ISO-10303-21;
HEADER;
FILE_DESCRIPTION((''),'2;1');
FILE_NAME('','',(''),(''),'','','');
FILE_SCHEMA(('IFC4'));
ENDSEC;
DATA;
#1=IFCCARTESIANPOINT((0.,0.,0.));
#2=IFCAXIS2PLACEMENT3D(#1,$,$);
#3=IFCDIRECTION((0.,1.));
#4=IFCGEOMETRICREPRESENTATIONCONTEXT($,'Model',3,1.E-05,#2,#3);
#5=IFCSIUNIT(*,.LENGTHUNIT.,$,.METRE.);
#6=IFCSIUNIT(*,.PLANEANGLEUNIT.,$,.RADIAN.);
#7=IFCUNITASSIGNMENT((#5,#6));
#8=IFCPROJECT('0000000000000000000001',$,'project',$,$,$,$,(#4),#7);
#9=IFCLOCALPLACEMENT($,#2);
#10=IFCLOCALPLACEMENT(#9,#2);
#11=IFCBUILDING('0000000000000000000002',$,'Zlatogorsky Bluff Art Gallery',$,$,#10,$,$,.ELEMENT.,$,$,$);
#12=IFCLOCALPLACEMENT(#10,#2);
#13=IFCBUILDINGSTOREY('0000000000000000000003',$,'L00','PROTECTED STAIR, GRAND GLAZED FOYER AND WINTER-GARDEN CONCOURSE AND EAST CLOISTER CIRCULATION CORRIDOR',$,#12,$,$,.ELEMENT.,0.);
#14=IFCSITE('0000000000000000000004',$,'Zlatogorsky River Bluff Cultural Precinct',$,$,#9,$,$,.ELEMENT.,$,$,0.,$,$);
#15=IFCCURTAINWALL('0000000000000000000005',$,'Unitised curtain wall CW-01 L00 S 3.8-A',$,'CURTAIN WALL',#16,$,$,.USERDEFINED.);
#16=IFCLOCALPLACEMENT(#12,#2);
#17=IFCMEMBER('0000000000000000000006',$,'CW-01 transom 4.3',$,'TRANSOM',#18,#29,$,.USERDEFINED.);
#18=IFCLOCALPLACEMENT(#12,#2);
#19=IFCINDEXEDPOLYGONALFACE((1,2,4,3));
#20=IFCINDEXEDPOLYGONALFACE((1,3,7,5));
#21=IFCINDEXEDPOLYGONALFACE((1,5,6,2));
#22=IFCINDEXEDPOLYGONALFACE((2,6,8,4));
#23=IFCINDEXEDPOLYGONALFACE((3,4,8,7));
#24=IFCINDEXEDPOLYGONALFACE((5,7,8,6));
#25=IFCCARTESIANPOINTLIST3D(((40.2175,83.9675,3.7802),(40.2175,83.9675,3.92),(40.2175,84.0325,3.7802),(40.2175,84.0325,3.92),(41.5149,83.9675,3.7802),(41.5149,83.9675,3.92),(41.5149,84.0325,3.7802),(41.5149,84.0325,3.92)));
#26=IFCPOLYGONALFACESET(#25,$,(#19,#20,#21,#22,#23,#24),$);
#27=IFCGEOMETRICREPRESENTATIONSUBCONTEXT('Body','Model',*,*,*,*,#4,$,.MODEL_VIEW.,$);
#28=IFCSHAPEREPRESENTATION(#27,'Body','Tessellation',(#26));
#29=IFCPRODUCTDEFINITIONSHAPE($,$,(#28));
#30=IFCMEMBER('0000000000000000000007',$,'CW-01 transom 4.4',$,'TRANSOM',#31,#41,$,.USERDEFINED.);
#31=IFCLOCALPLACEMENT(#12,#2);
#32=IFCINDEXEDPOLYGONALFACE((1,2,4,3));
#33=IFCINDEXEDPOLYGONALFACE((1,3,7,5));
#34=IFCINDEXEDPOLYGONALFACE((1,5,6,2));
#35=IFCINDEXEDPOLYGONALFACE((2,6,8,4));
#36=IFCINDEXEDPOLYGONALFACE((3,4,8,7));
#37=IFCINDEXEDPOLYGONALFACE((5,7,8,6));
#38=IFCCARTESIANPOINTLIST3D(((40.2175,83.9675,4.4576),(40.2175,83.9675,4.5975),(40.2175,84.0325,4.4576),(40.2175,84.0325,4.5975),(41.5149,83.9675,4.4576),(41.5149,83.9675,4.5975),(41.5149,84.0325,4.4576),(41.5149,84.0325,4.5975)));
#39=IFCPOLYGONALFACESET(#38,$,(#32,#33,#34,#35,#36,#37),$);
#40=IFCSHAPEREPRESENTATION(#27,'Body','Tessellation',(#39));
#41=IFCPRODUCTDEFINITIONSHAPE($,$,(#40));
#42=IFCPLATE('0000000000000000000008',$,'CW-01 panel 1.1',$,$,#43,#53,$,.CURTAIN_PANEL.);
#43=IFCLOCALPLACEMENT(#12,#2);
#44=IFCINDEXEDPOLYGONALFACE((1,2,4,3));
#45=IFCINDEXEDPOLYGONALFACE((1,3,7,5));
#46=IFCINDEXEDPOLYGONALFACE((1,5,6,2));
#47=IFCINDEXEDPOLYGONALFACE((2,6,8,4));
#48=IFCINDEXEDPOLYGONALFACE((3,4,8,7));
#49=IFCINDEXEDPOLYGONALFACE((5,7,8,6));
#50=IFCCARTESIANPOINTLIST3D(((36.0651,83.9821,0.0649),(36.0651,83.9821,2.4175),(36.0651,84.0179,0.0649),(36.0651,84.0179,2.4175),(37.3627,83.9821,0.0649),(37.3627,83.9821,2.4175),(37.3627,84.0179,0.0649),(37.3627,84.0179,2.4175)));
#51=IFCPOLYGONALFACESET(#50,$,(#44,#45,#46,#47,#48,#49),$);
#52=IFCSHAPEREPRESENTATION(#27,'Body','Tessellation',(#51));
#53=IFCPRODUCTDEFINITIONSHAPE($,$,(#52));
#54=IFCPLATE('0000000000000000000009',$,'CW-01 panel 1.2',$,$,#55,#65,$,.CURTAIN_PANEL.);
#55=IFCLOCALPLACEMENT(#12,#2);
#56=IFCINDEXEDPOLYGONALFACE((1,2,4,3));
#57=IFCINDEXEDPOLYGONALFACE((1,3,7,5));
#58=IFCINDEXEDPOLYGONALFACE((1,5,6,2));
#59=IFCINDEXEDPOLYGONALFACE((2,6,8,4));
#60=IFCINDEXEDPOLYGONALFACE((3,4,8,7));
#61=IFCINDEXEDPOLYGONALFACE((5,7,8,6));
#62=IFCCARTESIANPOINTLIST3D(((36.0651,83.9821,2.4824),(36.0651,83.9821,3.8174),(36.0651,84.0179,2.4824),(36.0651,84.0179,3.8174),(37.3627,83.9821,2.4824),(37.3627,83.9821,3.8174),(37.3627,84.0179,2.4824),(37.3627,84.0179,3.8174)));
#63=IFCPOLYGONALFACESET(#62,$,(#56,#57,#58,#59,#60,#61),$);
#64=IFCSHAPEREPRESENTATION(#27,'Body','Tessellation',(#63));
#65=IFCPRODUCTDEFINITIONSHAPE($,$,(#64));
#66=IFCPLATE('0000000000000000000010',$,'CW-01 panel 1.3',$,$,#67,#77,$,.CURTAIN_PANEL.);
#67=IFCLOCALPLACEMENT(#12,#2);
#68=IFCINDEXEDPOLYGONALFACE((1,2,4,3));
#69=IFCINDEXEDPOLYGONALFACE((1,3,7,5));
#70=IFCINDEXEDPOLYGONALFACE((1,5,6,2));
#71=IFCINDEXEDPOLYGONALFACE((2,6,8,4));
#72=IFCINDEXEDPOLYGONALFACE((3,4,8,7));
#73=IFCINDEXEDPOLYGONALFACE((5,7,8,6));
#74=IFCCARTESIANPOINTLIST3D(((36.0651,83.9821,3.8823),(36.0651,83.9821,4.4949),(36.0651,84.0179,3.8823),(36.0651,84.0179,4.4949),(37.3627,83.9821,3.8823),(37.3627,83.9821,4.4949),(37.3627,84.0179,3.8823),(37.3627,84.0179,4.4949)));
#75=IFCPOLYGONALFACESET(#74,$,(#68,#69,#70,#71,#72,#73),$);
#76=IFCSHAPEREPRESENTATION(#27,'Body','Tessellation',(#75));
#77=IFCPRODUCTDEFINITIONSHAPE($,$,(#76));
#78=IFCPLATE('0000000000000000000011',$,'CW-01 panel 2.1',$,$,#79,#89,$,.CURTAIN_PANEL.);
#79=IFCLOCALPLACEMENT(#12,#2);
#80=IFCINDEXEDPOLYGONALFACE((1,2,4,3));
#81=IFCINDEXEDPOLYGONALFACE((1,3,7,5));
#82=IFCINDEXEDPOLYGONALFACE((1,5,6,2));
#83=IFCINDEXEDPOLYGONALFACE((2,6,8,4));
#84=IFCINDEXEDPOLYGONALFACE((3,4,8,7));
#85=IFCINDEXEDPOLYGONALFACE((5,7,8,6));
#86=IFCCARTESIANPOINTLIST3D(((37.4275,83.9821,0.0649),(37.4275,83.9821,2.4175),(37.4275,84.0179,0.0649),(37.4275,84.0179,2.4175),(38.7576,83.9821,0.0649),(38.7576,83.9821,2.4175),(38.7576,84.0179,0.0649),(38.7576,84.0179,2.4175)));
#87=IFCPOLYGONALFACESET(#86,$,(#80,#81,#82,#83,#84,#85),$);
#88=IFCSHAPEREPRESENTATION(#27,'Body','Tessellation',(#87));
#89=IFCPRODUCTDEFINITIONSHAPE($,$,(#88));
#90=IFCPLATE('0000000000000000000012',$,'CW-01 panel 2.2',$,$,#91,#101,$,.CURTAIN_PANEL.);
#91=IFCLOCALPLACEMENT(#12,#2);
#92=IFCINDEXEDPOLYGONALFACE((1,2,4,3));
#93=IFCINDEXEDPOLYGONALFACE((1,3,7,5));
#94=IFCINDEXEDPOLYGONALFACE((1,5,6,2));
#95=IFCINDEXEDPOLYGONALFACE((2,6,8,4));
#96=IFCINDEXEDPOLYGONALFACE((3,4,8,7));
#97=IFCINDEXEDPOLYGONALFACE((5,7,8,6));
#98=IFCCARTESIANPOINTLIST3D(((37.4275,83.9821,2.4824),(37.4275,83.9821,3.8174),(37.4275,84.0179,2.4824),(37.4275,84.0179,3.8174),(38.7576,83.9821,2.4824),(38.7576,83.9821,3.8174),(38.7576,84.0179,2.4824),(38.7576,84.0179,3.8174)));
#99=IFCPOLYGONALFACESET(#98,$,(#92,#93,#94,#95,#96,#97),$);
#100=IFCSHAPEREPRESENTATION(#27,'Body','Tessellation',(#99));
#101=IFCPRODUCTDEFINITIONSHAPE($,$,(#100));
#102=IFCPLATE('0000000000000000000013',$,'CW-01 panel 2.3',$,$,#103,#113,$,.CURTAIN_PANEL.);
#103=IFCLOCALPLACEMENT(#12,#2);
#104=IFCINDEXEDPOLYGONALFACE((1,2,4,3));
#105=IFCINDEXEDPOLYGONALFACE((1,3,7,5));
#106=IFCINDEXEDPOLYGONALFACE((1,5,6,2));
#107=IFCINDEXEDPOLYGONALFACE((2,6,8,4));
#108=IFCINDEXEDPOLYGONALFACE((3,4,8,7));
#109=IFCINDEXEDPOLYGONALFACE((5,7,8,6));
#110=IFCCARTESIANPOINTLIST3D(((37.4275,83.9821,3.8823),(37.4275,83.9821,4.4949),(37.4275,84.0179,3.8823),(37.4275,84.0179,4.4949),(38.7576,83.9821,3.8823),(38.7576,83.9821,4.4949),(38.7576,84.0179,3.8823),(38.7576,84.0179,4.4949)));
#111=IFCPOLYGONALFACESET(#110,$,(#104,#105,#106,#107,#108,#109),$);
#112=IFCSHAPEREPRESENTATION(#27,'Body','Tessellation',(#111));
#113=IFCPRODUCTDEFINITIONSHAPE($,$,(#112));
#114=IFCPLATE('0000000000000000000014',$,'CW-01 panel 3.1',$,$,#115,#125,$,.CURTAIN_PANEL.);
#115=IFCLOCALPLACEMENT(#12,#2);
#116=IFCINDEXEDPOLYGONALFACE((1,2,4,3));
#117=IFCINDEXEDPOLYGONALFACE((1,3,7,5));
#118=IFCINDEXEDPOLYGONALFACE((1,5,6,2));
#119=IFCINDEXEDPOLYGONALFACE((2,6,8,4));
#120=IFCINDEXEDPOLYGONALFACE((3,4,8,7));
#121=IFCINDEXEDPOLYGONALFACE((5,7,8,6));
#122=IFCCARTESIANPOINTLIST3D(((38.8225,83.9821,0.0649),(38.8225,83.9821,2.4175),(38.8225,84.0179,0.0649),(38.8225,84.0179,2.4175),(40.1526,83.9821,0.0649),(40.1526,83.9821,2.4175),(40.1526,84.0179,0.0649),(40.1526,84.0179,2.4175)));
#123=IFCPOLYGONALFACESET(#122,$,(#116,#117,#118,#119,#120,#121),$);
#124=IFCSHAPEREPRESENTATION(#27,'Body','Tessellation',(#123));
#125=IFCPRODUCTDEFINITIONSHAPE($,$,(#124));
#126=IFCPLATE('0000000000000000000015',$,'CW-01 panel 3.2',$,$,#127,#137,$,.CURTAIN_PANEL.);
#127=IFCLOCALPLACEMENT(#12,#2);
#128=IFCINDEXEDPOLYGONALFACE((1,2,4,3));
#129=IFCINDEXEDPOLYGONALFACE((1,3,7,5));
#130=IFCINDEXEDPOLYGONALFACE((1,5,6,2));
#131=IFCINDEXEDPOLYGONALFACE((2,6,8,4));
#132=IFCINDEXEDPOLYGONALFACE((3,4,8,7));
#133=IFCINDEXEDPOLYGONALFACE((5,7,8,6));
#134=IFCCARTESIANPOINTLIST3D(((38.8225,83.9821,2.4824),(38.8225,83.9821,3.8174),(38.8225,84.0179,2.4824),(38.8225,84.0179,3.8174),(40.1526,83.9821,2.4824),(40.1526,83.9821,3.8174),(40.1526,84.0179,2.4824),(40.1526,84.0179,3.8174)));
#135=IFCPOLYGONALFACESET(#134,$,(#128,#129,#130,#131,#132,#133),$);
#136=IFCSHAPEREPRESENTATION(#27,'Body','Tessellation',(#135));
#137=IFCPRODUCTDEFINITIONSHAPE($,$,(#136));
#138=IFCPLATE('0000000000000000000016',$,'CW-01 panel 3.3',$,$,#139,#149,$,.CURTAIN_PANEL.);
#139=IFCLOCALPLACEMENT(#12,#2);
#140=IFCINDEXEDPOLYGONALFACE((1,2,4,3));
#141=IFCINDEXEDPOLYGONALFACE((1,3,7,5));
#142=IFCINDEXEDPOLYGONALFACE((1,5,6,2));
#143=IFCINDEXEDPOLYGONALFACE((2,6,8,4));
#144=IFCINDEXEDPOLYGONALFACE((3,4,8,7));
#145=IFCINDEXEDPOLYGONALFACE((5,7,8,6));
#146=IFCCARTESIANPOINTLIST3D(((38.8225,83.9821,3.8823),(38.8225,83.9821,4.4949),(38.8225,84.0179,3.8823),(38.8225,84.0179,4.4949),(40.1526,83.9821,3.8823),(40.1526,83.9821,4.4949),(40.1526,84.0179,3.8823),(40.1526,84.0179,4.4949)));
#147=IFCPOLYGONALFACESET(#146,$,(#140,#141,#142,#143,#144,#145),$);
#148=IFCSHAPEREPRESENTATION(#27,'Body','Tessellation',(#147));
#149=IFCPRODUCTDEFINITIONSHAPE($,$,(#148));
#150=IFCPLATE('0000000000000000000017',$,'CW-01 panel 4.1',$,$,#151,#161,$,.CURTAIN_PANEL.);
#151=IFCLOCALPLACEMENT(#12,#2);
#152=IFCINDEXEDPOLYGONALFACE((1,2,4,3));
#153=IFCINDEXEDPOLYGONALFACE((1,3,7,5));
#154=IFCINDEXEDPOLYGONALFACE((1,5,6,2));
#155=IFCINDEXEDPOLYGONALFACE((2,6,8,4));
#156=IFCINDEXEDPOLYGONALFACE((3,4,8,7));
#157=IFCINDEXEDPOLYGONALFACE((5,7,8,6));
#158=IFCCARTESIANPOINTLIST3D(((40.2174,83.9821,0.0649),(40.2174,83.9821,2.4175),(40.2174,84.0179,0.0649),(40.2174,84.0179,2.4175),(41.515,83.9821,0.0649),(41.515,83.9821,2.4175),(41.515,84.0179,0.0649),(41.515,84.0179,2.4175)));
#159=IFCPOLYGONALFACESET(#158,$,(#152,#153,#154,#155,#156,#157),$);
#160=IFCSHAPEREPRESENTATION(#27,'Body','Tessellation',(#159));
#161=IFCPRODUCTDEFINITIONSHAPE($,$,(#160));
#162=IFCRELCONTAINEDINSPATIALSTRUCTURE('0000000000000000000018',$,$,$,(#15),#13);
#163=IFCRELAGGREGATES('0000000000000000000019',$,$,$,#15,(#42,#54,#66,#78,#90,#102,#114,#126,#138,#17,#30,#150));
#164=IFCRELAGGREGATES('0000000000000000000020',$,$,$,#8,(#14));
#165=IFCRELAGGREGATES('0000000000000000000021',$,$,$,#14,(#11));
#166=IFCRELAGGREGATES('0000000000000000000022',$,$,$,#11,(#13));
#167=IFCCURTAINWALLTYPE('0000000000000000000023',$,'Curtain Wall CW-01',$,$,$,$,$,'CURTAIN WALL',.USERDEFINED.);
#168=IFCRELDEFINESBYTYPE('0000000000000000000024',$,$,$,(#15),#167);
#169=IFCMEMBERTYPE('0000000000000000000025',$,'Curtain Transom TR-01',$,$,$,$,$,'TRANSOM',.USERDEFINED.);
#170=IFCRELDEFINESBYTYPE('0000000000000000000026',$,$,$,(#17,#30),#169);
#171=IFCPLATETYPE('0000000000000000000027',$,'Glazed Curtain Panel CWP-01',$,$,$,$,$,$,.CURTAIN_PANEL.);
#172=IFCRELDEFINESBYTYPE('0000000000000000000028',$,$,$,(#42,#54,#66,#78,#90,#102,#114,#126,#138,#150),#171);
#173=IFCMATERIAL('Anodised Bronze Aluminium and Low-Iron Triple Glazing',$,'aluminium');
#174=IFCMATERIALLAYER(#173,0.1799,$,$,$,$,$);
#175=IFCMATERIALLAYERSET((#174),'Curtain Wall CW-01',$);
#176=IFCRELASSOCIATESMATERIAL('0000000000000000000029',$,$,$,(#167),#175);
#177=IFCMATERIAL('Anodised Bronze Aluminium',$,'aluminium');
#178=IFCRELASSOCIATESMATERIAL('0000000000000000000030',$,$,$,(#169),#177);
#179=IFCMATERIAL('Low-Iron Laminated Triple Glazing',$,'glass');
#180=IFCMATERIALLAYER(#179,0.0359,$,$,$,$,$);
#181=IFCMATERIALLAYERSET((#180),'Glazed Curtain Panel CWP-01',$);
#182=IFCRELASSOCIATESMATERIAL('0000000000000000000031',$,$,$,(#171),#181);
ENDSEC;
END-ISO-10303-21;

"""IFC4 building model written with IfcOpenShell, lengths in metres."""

from ifc_helpers import new_model, si_unit, direction, frame, origin, origin_2d, place, context, subcontext, project, spatial, rectangle, extrude, material, layer, layer_set, material_profile, profile_set, type_object, element, aggregate, save


model = new_model("IFC4")

# Units and contexts
model_context = context("Model", 3, precision=1e-05, world=origin(), true_north=direction((0.0, 1.0)))
body_context = subcontext(model_context, "Body", "Model", "MODEL_VIEW")
ifc_project = project(units=[si_unit("LENGTHUNIT", "METRE"), si_unit("PLANEANGLEUNIT", "RADIAN")], contexts=[model_context])

# Site, building, storey
site_placement = place(None, origin())
site = spatial("IfcSite", under=ifc_project, at=site_placement, Name="Zlatogorsky River Bluff Cultural Precinct", CompositionType="ELEMENT", RefElevation=0.0)
building_placement = place(site_placement, origin())
building = spatial("IfcBuilding", under=site, at=building_placement, Name="Zlatogorsky Bluff Art Gallery", CompositionType="ELEMENT")
storey_placement = place(building_placement, origin())
storey = spatial("IfcBuildingStorey", under=building, at=storey_placement, Name="L00", Description="PROTECTED STAIR, GRAND GLAZED FOYER AND WINTER-GARDEN CONCOURSE AND EAST CLOISTER CIRCULATION CORRIDOR", CompositionType="ELEMENT", Elevation=0.0)

# Curtain wall, members, plates
ifc_material_1 = material(Name="Anodised Bronze Aluminium and Low-Iron Triple Glazing", Category="aluminium")
ifc_layer_1 = layer(ifc_material_1, 0.1799)
ifc_layer_set_1 = layer_set([ifc_layer_1], Name="Curtain Wall CW-01")
curtain_wall_type = type_object("IfcCurtainWallType", Name="Curtain Wall CW-01", ElementType="CURTAIN WALL", PredefinedType="USERDEFINED", material=ifc_layer_set_1)
curtain_wall_placement = place(storey_placement, origin())
curtain_wall = element("IfcCurtainWall", 1, at=curtain_wall_placement, inside=storey, type_object=curtain_wall_type, Name="Unitised curtain wall CW-01 L00 S 3.8-A", ObjectType="CURTAIN WALL", PredefinedType="USERDEFINED")
ifc_material_2 = material(Name="Anodised Bronze Aluminium", Category="aluminium")
ifc_material_profile_1 = material_profile(ifc_material_2, rectangle(XDim=0.0649, YDim=0.1399, at=origin_2d()), Name="ALU TRANSOM 65x140")
ifc_profile_set_1 = profile_set([ifc_material_profile_1], Name="Anodised Bronze Aluminium")
member_type_1 = type_object("IfcMemberType", Name="Curtain Transom TR-01", ElementType="TRANSOM", PredefinedType="USERDEFINED", material=ifc_profile_set_1)
member_1_placement = place(storey_placement, frame((40.2175, 84.0, 3.8501), z_axis=(1.0, 0.0, 0.0), x_axis=(0.0, 1.0, 0.0)))
member_1 = element("IfcMember", 2, at=member_1_placement, type_object=member_type_1, Name="CW-01 transom 4.3", ObjectType="TRANSOM", PredefinedType="USERDEFINED", context=body_context, shape_type="SweptSolid", body=[
    extrude(rectangle(XDim=0.0649, YDim=0.1399, at=origin_2d()), origin(), (0.0, 0.0, 1.0), 1.2974),
])
member_2_placement = place(storey_placement, frame((40.2175, 84.0, 4.5276), z_axis=(1.0, 0.0, 0.0), x_axis=(0.0, 1.0, 0.0)))
member_2 = element("IfcMember", 3, at=member_2_placement, type_object=member_type_1, Name="CW-01 transom 4.4", ObjectType="TRANSOM", PredefinedType="USERDEFINED", context=body_context, shape_type="SweptSolid", body=[
    extrude(rectangle(XDim=0.0649, YDim=0.1399, at=origin_2d()), origin(), (0.0, 0.0, 1.0), 1.2974),
])
ifc_material_3 = material(Name="Low-Iron Laminated Triple Glazing", Category="glass")
ifc_layer_2 = layer(ifc_material_3, 0.0359)
ifc_layer_set_2 = layer_set([ifc_layer_2], Name="Glazed Curtain Panel CWP-01")
plate_type = type_object("IfcPlateType", Name="Glazed Curtain Panel CWP-01", PredefinedType="CURTAIN_PANEL", material=ifc_layer_set_2)
plate_1_placement = place(storey_placement, frame((36.7139, 84.0, 0.0649), z_axis=(0.0, 0.0, 1.0), x_axis=(1.0, 0.0, 0.0)))
plate_1 = element("IfcPlate", 4, at=plate_1_placement, type_object=plate_type, Name="CW-01 panel 1.1", PredefinedType="CURTAIN_PANEL", context=body_context, shape_type="SweptSolid", body=[
    extrude(rectangle(XDim=1.2976, YDim=0.0359, at=origin_2d()), origin(), (0.0, 0.0, 1.0), 2.3525),
])
plate_2_placement = place(storey_placement, frame((36.7139, 84.0, 2.4824), z_axis=(0.0, 0.0, 1.0), x_axis=(1.0, 0.0, 0.0)))
plate_2 = element("IfcPlate", 5, at=plate_2_placement, type_object=plate_type, Name="CW-01 panel 1.2", PredefinedType="CURTAIN_PANEL", context=body_context, shape_type="SweptSolid", body=[
    extrude(rectangle(XDim=1.2976, YDim=0.0359, at=origin_2d()), origin(), (0.0, 0.0, 1.0), 1.335),
])
plate_3_placement = place(storey_placement, frame((36.7139, 84.0, 3.8823), z_axis=(0.0, 0.0, 1.0), x_axis=(1.0, 0.0, 0.0)))
plate_3 = element("IfcPlate", 6, at=plate_3_placement, type_object=plate_type, Name="CW-01 panel 1.3", PredefinedType="CURTAIN_PANEL", context=body_context, shape_type="SweptSolid", body=[
    extrude(rectangle(XDim=1.2976, YDim=0.0359, at=origin_2d()), origin(), (0.0, 0.0, 1.0), 0.6125),
])
plate_4_placement = place(storey_placement, frame((38.0925, 84.0, 0.0649), z_axis=(0.0, 0.0, 1.0), x_axis=(1.0, 0.0, 0.0)))
plate_4 = element("IfcPlate", 7, at=plate_4_placement, type_object=plate_type, Name="CW-01 panel 2.1", PredefinedType="CURTAIN_PANEL", context=body_context, shape_type="SweptSolid", body=[
    extrude(rectangle(XDim=1.3301, YDim=0.0359, at=origin_2d()), origin(), (0.0, 0.0, 1.0), 2.3525),
])
plate_5_placement = place(storey_placement, frame((38.0925, 84.0, 2.4824), z_axis=(0.0, 0.0, 1.0), x_axis=(1.0, 0.0, 0.0)))
plate_5 = element("IfcPlate", 8, at=plate_5_placement, type_object=plate_type, Name="CW-01 panel 2.2", PredefinedType="CURTAIN_PANEL", context=body_context, shape_type="SweptSolid", body=[
    extrude(rectangle(XDim=1.3301, YDim=0.0359, at=origin_2d()), origin(), (0.0, 0.0, 1.0), 1.335),
])
plate_6_placement = place(storey_placement, frame((38.0925, 84.0, 3.8823), z_axis=(0.0, 0.0, 1.0), x_axis=(1.0, 0.0, 0.0)))
plate_6 = element("IfcPlate", 9, at=plate_6_placement, type_object=plate_type, Name="CW-01 panel 2.3", PredefinedType="CURTAIN_PANEL", context=body_context, shape_type="SweptSolid", body=[
    extrude(rectangle(XDim=1.3301, YDim=0.0359, at=origin_2d()), origin(), (0.0, 0.0, 1.0), 0.6125),
])
plate_7_placement = place(storey_placement, frame((39.4875, 84.0, 0.0649), z_axis=(0.0, 0.0, 1.0), x_axis=(1.0, 0.0, 0.0)))
plate_7 = element("IfcPlate", 10, at=plate_7_placement, type_object=plate_type, Name="CW-01 panel 3.1", PredefinedType="CURTAIN_PANEL", context=body_context, shape_type="SweptSolid", body=[
    extrude(rectangle(XDim=1.3301, YDim=0.0359, at=origin_2d()), origin(), (0.0, 0.0, 1.0), 2.3525),
])
plate_8_placement = place(storey_placement, frame((39.4875, 84.0, 2.4824), z_axis=(0.0, 0.0, 1.0), x_axis=(1.0, 0.0, 0.0)))
plate_8 = element("IfcPlate", 11, at=plate_8_placement, type_object=plate_type, Name="CW-01 panel 3.2", PredefinedType="CURTAIN_PANEL", context=body_context, shape_type="SweptSolid", body=[
    extrude(rectangle(XDim=1.3301, YDim=0.0359, at=origin_2d()), origin(), (0.0, 0.0, 1.0), 1.335),
])
plate_9_placement = place(storey_placement, frame((39.4875, 84.0, 3.8823), z_axis=(0.0, 0.0, 1.0), x_axis=(1.0, 0.0, 0.0)))
plate_9 = element("IfcPlate", 12, at=plate_9_placement, type_object=plate_type, Name="CW-01 panel 3.3", PredefinedType="CURTAIN_PANEL", context=body_context, shape_type="SweptSolid", body=[
    extrude(rectangle(XDim=1.3301, YDim=0.0359, at=origin_2d()), origin(), (0.0, 0.0, 1.0), 0.6125),
])
plate_10_placement = place(storey_placement, frame((40.8662, 84.0, 0.0649), z_axis=(0.0, 0.0, 1.0), x_axis=(1.0, 0.0, 0.0)))
plate_10 = element("IfcPlate", 13, at=plate_10_placement, type_object=plate_type, Name="CW-01 panel 4.1", PredefinedType="CURTAIN_PANEL", context=body_context, shape_type="SweptSolid", body=[
    extrude(rectangle(XDim=1.2976, YDim=0.0359, at=origin_2d()), origin(), (0.0, 0.0, 1.0), 2.3525),
])
aggregate(curtain_wall, [plate_1, plate_2, plate_3, plate_4, plate_5, plate_6, plate_7, plate_8, plate_9, member_1, member_2, plate_10])

save(model, "model.ifc")
